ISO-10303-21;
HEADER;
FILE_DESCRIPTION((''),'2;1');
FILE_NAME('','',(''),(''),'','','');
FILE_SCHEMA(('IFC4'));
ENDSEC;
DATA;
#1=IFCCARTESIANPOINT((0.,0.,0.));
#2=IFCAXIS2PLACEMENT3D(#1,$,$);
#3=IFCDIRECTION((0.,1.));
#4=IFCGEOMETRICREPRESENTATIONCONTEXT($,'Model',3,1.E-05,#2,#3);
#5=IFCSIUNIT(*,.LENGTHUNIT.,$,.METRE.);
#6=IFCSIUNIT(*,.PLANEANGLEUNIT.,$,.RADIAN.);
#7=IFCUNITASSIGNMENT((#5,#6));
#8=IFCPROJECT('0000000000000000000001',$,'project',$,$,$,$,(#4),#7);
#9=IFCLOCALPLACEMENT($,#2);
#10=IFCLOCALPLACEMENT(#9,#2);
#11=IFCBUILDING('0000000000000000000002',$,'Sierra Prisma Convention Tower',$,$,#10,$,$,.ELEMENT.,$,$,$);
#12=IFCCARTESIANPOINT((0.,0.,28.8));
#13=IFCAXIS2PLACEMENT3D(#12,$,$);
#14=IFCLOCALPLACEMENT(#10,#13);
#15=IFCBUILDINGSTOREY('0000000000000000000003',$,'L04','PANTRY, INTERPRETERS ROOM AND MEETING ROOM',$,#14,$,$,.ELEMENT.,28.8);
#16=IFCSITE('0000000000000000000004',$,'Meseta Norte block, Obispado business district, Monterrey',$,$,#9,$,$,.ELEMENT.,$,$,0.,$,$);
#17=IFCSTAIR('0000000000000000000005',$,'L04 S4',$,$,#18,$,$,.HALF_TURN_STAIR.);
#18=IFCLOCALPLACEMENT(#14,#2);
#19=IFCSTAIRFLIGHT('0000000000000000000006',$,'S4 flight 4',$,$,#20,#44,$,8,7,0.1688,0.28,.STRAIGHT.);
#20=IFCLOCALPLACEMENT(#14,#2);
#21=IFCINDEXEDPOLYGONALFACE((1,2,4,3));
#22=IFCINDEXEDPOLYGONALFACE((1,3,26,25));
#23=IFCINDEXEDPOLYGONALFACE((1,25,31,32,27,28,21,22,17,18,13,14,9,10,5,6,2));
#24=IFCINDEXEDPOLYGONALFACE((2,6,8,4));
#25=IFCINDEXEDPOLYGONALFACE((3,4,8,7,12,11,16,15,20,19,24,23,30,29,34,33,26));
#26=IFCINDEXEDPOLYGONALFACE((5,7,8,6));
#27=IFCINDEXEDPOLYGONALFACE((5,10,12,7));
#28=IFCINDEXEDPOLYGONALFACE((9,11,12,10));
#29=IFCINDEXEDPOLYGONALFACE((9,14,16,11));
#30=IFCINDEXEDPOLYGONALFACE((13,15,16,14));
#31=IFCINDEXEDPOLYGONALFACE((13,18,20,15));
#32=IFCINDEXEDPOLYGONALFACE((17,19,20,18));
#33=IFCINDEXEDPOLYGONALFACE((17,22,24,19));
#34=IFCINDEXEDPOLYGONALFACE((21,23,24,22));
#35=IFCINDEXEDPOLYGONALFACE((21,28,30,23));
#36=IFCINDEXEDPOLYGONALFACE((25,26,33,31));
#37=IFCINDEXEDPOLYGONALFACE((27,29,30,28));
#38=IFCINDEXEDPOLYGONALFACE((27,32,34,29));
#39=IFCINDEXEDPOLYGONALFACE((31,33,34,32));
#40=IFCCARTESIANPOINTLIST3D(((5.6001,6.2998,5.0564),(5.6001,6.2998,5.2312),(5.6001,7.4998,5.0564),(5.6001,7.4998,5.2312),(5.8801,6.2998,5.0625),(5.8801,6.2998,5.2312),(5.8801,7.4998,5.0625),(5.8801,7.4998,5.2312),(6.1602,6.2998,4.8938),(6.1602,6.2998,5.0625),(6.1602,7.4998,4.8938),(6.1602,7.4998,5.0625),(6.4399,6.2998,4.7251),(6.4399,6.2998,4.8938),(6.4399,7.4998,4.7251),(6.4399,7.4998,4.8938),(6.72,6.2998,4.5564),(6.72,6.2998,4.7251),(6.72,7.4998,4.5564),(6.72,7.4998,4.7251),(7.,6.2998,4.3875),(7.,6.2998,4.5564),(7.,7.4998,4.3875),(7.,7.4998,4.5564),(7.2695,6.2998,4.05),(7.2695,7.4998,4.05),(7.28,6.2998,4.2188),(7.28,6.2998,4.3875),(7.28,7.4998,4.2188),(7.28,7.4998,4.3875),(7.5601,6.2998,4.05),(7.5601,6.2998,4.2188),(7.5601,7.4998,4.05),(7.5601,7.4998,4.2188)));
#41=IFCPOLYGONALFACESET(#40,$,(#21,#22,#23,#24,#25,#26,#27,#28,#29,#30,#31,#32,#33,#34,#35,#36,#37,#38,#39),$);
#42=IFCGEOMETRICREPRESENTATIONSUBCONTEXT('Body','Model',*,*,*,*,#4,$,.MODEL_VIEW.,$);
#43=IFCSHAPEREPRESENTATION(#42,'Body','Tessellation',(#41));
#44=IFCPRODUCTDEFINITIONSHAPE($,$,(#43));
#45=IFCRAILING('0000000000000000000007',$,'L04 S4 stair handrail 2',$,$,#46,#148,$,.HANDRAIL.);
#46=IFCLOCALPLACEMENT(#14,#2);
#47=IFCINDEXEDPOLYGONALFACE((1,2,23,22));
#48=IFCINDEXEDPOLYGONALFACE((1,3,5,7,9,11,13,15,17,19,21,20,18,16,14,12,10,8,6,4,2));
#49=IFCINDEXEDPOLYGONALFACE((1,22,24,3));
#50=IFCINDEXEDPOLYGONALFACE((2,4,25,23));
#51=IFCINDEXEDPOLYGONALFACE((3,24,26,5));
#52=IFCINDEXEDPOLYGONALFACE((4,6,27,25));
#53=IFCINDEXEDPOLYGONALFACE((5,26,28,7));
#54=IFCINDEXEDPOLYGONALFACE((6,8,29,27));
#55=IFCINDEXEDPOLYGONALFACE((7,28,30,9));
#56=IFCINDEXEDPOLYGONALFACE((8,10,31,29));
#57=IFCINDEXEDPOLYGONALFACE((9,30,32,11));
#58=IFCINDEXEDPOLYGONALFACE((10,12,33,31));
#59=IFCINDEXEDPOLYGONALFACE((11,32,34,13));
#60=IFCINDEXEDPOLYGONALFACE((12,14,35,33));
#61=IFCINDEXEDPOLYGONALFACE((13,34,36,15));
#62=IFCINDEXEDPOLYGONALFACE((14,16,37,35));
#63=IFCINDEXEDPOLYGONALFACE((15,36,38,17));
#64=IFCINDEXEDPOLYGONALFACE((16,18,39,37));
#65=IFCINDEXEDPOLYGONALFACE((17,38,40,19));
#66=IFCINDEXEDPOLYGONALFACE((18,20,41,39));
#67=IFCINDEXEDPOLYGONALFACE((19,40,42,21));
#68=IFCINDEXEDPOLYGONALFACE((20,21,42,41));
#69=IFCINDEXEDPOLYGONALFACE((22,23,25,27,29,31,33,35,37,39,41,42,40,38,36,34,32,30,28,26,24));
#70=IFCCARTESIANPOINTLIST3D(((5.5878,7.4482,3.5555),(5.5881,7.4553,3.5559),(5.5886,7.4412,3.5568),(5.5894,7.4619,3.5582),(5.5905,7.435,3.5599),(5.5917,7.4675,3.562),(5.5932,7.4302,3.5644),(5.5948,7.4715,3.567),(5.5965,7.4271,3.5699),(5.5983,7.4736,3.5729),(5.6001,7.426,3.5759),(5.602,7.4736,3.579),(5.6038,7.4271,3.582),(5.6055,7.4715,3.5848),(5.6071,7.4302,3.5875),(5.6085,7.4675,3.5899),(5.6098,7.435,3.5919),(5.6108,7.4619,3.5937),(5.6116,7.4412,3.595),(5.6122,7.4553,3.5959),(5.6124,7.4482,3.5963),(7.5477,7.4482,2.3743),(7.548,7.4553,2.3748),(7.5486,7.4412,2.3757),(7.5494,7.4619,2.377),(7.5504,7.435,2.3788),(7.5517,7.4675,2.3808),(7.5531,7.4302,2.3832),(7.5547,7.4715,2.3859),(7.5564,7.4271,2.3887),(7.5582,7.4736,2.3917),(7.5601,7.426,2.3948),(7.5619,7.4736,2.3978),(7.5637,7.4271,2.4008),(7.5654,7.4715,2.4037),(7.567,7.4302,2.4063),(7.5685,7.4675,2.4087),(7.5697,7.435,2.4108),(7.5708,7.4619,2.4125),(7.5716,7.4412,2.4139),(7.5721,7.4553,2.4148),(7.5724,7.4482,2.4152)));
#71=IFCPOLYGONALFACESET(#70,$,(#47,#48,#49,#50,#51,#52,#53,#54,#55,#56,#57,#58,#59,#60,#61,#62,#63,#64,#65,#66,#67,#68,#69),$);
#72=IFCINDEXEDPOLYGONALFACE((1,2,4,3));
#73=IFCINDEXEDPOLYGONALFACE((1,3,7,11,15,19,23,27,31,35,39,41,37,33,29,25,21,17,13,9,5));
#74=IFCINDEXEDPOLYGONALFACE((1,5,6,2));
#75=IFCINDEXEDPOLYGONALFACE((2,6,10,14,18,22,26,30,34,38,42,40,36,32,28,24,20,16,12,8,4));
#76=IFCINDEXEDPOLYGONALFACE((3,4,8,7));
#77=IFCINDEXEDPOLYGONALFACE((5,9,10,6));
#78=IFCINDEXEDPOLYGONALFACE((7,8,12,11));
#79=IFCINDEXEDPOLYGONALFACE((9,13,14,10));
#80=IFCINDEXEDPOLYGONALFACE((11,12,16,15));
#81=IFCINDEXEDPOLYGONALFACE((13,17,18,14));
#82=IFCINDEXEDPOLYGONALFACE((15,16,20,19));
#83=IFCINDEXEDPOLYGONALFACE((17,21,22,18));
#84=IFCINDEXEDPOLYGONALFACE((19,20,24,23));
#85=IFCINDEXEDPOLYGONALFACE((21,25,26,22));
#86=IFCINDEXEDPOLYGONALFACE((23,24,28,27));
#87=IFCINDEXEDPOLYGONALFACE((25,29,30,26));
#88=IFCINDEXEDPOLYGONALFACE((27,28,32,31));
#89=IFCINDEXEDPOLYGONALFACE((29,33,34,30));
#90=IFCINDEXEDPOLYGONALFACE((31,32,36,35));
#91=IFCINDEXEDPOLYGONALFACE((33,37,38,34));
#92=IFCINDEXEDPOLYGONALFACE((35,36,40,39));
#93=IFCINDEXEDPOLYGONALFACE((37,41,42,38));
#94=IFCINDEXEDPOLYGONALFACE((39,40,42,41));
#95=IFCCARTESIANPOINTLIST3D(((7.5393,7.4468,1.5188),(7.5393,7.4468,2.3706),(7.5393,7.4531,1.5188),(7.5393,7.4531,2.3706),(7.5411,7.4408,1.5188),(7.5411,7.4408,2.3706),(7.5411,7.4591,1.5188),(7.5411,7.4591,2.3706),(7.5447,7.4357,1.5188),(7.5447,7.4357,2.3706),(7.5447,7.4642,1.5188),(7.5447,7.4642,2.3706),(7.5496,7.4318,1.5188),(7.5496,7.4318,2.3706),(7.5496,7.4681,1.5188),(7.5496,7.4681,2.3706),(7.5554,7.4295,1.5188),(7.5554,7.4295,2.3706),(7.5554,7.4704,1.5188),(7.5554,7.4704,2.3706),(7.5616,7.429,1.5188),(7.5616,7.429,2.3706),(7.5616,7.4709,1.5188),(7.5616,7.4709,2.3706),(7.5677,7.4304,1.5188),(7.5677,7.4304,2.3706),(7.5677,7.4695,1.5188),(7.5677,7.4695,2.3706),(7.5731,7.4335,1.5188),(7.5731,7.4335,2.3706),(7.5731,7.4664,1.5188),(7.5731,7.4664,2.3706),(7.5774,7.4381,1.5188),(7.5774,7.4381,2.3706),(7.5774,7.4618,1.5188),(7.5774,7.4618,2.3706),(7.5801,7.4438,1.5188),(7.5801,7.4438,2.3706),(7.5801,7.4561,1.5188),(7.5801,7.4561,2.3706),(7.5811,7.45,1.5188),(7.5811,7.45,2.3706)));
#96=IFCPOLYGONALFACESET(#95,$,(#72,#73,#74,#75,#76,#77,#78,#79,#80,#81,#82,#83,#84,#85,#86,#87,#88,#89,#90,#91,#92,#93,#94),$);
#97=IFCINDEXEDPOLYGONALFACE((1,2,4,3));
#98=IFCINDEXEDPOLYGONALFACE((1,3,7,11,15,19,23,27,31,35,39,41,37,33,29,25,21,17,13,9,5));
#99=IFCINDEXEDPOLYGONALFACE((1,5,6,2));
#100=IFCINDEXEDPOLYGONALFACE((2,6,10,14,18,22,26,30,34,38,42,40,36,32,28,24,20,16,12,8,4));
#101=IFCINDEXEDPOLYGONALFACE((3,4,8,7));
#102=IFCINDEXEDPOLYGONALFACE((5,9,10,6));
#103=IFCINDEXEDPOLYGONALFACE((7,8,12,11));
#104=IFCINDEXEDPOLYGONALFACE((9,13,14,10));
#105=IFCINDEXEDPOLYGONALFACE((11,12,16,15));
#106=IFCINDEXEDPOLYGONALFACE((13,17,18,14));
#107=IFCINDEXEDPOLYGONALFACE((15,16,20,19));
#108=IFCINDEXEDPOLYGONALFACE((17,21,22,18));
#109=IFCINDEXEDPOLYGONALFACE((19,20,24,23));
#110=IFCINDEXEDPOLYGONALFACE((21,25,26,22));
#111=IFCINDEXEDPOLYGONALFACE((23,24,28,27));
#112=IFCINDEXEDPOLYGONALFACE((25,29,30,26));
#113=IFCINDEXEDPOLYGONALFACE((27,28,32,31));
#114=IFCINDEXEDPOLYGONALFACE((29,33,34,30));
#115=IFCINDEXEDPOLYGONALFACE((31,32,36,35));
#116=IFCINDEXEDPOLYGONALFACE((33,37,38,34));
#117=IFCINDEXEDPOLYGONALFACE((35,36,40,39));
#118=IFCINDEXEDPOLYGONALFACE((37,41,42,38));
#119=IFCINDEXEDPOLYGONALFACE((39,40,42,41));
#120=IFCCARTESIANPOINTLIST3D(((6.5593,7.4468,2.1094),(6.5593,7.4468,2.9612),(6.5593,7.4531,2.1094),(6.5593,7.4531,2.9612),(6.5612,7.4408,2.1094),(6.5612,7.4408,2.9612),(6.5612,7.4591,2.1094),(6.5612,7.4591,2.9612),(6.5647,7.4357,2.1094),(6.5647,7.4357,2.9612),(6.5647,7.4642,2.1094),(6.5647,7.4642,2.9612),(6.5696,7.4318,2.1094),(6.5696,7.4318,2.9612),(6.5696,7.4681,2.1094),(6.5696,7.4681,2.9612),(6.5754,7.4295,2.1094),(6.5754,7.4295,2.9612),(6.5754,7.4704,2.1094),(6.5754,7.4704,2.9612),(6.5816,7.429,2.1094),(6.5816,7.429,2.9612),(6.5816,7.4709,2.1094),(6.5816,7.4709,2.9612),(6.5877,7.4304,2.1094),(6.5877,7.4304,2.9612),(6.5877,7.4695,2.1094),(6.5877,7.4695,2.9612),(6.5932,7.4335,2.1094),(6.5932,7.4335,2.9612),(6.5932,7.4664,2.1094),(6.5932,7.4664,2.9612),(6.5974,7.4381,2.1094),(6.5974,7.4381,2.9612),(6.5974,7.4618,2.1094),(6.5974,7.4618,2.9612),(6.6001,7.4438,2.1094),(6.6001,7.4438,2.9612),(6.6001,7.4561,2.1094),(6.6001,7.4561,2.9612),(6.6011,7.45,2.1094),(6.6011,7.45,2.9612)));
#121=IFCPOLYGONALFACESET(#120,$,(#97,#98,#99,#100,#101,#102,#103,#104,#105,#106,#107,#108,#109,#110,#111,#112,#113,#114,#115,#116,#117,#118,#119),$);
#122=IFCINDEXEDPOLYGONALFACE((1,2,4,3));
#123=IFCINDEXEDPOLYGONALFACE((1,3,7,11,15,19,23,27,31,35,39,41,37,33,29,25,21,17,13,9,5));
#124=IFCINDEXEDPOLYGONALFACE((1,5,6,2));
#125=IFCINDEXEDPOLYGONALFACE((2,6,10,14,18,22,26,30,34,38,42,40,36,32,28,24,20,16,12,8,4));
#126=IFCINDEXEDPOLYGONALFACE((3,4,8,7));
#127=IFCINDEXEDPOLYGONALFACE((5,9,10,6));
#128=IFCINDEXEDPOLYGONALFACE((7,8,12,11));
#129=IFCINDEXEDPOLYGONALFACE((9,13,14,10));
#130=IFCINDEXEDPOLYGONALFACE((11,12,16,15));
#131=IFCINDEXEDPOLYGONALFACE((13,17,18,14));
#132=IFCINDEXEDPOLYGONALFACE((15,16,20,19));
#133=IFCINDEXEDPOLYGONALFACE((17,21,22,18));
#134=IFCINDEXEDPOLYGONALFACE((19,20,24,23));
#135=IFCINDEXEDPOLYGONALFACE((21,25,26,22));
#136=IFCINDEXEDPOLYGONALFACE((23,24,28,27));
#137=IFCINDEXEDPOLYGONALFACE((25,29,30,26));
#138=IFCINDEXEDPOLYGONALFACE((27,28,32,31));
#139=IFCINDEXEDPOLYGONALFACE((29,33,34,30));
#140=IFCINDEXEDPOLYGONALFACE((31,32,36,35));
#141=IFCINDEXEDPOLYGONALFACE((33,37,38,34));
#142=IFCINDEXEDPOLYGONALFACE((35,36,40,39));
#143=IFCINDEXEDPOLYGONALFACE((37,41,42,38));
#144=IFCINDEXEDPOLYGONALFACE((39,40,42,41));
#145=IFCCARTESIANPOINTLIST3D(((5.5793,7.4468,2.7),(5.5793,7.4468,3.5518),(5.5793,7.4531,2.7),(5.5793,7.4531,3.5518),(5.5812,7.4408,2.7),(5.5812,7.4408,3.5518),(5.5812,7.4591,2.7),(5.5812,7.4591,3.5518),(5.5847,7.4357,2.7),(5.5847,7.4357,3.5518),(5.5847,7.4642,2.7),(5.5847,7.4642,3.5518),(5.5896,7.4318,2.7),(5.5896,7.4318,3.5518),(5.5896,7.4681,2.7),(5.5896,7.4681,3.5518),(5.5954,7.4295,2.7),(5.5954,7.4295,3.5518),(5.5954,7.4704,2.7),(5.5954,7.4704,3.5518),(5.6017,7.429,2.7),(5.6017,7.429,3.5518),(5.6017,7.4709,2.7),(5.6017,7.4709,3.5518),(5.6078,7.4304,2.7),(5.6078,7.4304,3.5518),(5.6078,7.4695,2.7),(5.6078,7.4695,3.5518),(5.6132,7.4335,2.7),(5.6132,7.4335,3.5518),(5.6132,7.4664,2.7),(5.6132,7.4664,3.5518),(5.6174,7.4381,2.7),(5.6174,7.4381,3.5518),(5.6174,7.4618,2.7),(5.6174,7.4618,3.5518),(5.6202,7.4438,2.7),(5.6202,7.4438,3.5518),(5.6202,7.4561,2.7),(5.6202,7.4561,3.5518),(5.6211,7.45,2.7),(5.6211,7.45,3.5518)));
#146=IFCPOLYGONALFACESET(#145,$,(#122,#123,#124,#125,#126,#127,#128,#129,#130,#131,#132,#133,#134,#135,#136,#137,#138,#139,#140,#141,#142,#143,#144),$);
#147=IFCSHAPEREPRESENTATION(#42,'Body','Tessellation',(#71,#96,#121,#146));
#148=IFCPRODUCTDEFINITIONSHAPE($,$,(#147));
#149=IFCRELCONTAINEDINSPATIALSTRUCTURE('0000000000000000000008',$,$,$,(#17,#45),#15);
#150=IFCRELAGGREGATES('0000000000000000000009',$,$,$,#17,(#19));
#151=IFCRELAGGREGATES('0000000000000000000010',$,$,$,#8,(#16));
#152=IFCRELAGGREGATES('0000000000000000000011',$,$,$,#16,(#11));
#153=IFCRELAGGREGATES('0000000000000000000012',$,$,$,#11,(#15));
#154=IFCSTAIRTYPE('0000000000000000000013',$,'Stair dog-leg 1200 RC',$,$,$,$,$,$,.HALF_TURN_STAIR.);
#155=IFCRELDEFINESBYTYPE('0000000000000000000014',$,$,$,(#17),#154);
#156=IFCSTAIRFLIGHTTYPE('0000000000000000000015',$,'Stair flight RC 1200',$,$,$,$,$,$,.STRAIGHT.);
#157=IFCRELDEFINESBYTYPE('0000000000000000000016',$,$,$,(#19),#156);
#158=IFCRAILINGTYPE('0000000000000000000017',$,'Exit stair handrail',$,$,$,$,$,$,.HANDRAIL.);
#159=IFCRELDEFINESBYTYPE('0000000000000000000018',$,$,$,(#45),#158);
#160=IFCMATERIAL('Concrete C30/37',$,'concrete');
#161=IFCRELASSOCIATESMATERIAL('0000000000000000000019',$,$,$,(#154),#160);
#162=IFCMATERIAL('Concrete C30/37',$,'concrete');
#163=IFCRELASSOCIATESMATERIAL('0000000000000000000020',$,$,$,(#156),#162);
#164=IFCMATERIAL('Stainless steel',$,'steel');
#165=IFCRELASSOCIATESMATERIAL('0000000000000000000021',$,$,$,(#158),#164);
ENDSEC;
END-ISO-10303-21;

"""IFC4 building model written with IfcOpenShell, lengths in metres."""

from ifc_helpers import new_model, si_unit, direction, frame, origin, origin_2d, place, context, subcontext, project, spatial, polyline, circle, outline, extrude, material, type_object, element, aggregate, save


model = new_model("IFC4")

# Units and contexts
model_context = context("Model", 3, precision=1e-05, world=origin(), true_north=direction((0.0, 1.0)))
body_context = subcontext(model_context, "Body", "Model", "MODEL_VIEW")
ifc_project = project(units=[si_unit("LENGTHUNIT", "METRE"), si_unit("PLANEANGLEUNIT", "RADIAN")], contexts=[model_context])

# Site, building, storey
site_placement = place(None, origin())
site = spatial("IfcSite", under=ifc_project, at=site_placement, Name="Meseta Norte block, Obispado business district, Monterrey", CompositionType="ELEMENT", RefElevation=0.0)
building_placement = place(site_placement, origin())
building = spatial("IfcBuilding", under=site, at=building_placement, Name="Sierra Prisma Convention Tower", CompositionType="ELEMENT")
storey_placement = place(building_placement, frame((0.0, 0.0, 28.8)))
storey = spatial("IfcBuildingStorey", under=building, at=storey_placement, Name="L04", Description="PANTRY, INTERPRETERS ROOM AND MEETING ROOM", CompositionType="ELEMENT", Elevation=28.8)

# Stair, stair flight
ifc_material_1 = material(Name="Concrete C30/37", Category="concrete")
stair_type = type_object("IfcStairType", Name="Stair dog-leg 1200 RC", PredefinedType="HALF_TURN_STAIR", material=ifc_material_1)
stair_placement = place(storey_placement, origin())
stair = element("IfcStair", 1, at=stair_placement, inside=storey, type_object=stair_type, Name="L04 S4", PredefinedType="HALF_TURN_STAIR")
ifc_material_2 = material(Name="Concrete C30/37", Category="concrete")
stair_flight_type = type_object("IfcStairFlightType", Name="Stair flight RC 1200", PredefinedType="STRAIGHT", material=ifc_material_2)
stair_flight_1_placement = place(storey_placement, frame((7.5601, 6.8999, 4.05), z_axis=(0.0, 0.0, 1.0), x_axis=(-1.0, 0.0, 0.0)))
stair_flight_1 = element("IfcStairFlight", 2, at=stair_flight_1_placement, type_object=stair_flight_type, Name="S4 flight 4", NumberOfRisers=8, NumberOfTreads=7, PredefinedType="STRAIGHT", RiserHeight=0.1688, TreadLength=0.28, context=body_context, shape_type="SweptSolid", body=[
    extrude(outline(polyline([(0.0, 0.0), (0.0, 0.1687), (0.28, 0.1687), (0.28, 0.3374), (0.5601, 0.3374), (0.5601, 0.5063), (0.8401, 0.5063), (0.8401, 0.675), (1.1201, 0.675), (1.1201, 0.8438), (1.3999, 0.8438), (1.3999, 1.0125), (1.6799, 1.0125), (1.6799, 1.1812), (1.96, 1.1812), (1.96, 1.3501), (1.96, 1.0063), (0.2905, 0.0), (0.0, 0.0)])), frame((0.0, 0.6001, 0.0), z_axis=(0.0, -1.0, 0.0), x_axis=(1.0, 0.0, 0.0)), (0.0, 0.0, 1.0), 1.2),
])
aggregate(stair, [stair_flight_1])

# Railing
ifc_material_3 = material(Name="Stainless steel", Category="steel")
railing_type_1 = type_object("IfcRailingType", Name="Exit stair handrail", PredefinedType="HANDRAIL", material=ifc_material_3)
for number, where, name in (
    (3, (7.5601, 7.45, 1.5188), "L04 S4 stair handrail 2"),
):
    element("IfcRailing", number, at=place(storey_placement, frame(where)), inside=storey, type_object=railing_type_1, Name=name, PredefinedType="HANDRAIL", context=body_context, shape_type="SweptSolid", body=[
        extrude(circle(Radius=0.0239, at=origin_2d()), frame((0.0, 0.0, 0.876), z_axis=(-0.856493, 0.0, 0.516158), x_axis=(0.0, -1.0, 0.0)), (0.0, 0.0, 1.0), 2.2883),
        extrude(circle(Radius=0.021, at=origin_2d()), origin(), (0.0, 0.0, 1.0), 0.8518),
        extrude(circle(Radius=0.021, at=origin_2d()), frame((-0.98, 0.0, 0.5906)), (0.0, 0.0, 1.0), 0.8518),
        extrude(circle(Radius=0.021, at=origin_2d()), frame((-1.96, 0.0, 1.1812)), (0.0, 0.0, 1.0), 0.8518),
    ])

save(model, "model.ifc")
